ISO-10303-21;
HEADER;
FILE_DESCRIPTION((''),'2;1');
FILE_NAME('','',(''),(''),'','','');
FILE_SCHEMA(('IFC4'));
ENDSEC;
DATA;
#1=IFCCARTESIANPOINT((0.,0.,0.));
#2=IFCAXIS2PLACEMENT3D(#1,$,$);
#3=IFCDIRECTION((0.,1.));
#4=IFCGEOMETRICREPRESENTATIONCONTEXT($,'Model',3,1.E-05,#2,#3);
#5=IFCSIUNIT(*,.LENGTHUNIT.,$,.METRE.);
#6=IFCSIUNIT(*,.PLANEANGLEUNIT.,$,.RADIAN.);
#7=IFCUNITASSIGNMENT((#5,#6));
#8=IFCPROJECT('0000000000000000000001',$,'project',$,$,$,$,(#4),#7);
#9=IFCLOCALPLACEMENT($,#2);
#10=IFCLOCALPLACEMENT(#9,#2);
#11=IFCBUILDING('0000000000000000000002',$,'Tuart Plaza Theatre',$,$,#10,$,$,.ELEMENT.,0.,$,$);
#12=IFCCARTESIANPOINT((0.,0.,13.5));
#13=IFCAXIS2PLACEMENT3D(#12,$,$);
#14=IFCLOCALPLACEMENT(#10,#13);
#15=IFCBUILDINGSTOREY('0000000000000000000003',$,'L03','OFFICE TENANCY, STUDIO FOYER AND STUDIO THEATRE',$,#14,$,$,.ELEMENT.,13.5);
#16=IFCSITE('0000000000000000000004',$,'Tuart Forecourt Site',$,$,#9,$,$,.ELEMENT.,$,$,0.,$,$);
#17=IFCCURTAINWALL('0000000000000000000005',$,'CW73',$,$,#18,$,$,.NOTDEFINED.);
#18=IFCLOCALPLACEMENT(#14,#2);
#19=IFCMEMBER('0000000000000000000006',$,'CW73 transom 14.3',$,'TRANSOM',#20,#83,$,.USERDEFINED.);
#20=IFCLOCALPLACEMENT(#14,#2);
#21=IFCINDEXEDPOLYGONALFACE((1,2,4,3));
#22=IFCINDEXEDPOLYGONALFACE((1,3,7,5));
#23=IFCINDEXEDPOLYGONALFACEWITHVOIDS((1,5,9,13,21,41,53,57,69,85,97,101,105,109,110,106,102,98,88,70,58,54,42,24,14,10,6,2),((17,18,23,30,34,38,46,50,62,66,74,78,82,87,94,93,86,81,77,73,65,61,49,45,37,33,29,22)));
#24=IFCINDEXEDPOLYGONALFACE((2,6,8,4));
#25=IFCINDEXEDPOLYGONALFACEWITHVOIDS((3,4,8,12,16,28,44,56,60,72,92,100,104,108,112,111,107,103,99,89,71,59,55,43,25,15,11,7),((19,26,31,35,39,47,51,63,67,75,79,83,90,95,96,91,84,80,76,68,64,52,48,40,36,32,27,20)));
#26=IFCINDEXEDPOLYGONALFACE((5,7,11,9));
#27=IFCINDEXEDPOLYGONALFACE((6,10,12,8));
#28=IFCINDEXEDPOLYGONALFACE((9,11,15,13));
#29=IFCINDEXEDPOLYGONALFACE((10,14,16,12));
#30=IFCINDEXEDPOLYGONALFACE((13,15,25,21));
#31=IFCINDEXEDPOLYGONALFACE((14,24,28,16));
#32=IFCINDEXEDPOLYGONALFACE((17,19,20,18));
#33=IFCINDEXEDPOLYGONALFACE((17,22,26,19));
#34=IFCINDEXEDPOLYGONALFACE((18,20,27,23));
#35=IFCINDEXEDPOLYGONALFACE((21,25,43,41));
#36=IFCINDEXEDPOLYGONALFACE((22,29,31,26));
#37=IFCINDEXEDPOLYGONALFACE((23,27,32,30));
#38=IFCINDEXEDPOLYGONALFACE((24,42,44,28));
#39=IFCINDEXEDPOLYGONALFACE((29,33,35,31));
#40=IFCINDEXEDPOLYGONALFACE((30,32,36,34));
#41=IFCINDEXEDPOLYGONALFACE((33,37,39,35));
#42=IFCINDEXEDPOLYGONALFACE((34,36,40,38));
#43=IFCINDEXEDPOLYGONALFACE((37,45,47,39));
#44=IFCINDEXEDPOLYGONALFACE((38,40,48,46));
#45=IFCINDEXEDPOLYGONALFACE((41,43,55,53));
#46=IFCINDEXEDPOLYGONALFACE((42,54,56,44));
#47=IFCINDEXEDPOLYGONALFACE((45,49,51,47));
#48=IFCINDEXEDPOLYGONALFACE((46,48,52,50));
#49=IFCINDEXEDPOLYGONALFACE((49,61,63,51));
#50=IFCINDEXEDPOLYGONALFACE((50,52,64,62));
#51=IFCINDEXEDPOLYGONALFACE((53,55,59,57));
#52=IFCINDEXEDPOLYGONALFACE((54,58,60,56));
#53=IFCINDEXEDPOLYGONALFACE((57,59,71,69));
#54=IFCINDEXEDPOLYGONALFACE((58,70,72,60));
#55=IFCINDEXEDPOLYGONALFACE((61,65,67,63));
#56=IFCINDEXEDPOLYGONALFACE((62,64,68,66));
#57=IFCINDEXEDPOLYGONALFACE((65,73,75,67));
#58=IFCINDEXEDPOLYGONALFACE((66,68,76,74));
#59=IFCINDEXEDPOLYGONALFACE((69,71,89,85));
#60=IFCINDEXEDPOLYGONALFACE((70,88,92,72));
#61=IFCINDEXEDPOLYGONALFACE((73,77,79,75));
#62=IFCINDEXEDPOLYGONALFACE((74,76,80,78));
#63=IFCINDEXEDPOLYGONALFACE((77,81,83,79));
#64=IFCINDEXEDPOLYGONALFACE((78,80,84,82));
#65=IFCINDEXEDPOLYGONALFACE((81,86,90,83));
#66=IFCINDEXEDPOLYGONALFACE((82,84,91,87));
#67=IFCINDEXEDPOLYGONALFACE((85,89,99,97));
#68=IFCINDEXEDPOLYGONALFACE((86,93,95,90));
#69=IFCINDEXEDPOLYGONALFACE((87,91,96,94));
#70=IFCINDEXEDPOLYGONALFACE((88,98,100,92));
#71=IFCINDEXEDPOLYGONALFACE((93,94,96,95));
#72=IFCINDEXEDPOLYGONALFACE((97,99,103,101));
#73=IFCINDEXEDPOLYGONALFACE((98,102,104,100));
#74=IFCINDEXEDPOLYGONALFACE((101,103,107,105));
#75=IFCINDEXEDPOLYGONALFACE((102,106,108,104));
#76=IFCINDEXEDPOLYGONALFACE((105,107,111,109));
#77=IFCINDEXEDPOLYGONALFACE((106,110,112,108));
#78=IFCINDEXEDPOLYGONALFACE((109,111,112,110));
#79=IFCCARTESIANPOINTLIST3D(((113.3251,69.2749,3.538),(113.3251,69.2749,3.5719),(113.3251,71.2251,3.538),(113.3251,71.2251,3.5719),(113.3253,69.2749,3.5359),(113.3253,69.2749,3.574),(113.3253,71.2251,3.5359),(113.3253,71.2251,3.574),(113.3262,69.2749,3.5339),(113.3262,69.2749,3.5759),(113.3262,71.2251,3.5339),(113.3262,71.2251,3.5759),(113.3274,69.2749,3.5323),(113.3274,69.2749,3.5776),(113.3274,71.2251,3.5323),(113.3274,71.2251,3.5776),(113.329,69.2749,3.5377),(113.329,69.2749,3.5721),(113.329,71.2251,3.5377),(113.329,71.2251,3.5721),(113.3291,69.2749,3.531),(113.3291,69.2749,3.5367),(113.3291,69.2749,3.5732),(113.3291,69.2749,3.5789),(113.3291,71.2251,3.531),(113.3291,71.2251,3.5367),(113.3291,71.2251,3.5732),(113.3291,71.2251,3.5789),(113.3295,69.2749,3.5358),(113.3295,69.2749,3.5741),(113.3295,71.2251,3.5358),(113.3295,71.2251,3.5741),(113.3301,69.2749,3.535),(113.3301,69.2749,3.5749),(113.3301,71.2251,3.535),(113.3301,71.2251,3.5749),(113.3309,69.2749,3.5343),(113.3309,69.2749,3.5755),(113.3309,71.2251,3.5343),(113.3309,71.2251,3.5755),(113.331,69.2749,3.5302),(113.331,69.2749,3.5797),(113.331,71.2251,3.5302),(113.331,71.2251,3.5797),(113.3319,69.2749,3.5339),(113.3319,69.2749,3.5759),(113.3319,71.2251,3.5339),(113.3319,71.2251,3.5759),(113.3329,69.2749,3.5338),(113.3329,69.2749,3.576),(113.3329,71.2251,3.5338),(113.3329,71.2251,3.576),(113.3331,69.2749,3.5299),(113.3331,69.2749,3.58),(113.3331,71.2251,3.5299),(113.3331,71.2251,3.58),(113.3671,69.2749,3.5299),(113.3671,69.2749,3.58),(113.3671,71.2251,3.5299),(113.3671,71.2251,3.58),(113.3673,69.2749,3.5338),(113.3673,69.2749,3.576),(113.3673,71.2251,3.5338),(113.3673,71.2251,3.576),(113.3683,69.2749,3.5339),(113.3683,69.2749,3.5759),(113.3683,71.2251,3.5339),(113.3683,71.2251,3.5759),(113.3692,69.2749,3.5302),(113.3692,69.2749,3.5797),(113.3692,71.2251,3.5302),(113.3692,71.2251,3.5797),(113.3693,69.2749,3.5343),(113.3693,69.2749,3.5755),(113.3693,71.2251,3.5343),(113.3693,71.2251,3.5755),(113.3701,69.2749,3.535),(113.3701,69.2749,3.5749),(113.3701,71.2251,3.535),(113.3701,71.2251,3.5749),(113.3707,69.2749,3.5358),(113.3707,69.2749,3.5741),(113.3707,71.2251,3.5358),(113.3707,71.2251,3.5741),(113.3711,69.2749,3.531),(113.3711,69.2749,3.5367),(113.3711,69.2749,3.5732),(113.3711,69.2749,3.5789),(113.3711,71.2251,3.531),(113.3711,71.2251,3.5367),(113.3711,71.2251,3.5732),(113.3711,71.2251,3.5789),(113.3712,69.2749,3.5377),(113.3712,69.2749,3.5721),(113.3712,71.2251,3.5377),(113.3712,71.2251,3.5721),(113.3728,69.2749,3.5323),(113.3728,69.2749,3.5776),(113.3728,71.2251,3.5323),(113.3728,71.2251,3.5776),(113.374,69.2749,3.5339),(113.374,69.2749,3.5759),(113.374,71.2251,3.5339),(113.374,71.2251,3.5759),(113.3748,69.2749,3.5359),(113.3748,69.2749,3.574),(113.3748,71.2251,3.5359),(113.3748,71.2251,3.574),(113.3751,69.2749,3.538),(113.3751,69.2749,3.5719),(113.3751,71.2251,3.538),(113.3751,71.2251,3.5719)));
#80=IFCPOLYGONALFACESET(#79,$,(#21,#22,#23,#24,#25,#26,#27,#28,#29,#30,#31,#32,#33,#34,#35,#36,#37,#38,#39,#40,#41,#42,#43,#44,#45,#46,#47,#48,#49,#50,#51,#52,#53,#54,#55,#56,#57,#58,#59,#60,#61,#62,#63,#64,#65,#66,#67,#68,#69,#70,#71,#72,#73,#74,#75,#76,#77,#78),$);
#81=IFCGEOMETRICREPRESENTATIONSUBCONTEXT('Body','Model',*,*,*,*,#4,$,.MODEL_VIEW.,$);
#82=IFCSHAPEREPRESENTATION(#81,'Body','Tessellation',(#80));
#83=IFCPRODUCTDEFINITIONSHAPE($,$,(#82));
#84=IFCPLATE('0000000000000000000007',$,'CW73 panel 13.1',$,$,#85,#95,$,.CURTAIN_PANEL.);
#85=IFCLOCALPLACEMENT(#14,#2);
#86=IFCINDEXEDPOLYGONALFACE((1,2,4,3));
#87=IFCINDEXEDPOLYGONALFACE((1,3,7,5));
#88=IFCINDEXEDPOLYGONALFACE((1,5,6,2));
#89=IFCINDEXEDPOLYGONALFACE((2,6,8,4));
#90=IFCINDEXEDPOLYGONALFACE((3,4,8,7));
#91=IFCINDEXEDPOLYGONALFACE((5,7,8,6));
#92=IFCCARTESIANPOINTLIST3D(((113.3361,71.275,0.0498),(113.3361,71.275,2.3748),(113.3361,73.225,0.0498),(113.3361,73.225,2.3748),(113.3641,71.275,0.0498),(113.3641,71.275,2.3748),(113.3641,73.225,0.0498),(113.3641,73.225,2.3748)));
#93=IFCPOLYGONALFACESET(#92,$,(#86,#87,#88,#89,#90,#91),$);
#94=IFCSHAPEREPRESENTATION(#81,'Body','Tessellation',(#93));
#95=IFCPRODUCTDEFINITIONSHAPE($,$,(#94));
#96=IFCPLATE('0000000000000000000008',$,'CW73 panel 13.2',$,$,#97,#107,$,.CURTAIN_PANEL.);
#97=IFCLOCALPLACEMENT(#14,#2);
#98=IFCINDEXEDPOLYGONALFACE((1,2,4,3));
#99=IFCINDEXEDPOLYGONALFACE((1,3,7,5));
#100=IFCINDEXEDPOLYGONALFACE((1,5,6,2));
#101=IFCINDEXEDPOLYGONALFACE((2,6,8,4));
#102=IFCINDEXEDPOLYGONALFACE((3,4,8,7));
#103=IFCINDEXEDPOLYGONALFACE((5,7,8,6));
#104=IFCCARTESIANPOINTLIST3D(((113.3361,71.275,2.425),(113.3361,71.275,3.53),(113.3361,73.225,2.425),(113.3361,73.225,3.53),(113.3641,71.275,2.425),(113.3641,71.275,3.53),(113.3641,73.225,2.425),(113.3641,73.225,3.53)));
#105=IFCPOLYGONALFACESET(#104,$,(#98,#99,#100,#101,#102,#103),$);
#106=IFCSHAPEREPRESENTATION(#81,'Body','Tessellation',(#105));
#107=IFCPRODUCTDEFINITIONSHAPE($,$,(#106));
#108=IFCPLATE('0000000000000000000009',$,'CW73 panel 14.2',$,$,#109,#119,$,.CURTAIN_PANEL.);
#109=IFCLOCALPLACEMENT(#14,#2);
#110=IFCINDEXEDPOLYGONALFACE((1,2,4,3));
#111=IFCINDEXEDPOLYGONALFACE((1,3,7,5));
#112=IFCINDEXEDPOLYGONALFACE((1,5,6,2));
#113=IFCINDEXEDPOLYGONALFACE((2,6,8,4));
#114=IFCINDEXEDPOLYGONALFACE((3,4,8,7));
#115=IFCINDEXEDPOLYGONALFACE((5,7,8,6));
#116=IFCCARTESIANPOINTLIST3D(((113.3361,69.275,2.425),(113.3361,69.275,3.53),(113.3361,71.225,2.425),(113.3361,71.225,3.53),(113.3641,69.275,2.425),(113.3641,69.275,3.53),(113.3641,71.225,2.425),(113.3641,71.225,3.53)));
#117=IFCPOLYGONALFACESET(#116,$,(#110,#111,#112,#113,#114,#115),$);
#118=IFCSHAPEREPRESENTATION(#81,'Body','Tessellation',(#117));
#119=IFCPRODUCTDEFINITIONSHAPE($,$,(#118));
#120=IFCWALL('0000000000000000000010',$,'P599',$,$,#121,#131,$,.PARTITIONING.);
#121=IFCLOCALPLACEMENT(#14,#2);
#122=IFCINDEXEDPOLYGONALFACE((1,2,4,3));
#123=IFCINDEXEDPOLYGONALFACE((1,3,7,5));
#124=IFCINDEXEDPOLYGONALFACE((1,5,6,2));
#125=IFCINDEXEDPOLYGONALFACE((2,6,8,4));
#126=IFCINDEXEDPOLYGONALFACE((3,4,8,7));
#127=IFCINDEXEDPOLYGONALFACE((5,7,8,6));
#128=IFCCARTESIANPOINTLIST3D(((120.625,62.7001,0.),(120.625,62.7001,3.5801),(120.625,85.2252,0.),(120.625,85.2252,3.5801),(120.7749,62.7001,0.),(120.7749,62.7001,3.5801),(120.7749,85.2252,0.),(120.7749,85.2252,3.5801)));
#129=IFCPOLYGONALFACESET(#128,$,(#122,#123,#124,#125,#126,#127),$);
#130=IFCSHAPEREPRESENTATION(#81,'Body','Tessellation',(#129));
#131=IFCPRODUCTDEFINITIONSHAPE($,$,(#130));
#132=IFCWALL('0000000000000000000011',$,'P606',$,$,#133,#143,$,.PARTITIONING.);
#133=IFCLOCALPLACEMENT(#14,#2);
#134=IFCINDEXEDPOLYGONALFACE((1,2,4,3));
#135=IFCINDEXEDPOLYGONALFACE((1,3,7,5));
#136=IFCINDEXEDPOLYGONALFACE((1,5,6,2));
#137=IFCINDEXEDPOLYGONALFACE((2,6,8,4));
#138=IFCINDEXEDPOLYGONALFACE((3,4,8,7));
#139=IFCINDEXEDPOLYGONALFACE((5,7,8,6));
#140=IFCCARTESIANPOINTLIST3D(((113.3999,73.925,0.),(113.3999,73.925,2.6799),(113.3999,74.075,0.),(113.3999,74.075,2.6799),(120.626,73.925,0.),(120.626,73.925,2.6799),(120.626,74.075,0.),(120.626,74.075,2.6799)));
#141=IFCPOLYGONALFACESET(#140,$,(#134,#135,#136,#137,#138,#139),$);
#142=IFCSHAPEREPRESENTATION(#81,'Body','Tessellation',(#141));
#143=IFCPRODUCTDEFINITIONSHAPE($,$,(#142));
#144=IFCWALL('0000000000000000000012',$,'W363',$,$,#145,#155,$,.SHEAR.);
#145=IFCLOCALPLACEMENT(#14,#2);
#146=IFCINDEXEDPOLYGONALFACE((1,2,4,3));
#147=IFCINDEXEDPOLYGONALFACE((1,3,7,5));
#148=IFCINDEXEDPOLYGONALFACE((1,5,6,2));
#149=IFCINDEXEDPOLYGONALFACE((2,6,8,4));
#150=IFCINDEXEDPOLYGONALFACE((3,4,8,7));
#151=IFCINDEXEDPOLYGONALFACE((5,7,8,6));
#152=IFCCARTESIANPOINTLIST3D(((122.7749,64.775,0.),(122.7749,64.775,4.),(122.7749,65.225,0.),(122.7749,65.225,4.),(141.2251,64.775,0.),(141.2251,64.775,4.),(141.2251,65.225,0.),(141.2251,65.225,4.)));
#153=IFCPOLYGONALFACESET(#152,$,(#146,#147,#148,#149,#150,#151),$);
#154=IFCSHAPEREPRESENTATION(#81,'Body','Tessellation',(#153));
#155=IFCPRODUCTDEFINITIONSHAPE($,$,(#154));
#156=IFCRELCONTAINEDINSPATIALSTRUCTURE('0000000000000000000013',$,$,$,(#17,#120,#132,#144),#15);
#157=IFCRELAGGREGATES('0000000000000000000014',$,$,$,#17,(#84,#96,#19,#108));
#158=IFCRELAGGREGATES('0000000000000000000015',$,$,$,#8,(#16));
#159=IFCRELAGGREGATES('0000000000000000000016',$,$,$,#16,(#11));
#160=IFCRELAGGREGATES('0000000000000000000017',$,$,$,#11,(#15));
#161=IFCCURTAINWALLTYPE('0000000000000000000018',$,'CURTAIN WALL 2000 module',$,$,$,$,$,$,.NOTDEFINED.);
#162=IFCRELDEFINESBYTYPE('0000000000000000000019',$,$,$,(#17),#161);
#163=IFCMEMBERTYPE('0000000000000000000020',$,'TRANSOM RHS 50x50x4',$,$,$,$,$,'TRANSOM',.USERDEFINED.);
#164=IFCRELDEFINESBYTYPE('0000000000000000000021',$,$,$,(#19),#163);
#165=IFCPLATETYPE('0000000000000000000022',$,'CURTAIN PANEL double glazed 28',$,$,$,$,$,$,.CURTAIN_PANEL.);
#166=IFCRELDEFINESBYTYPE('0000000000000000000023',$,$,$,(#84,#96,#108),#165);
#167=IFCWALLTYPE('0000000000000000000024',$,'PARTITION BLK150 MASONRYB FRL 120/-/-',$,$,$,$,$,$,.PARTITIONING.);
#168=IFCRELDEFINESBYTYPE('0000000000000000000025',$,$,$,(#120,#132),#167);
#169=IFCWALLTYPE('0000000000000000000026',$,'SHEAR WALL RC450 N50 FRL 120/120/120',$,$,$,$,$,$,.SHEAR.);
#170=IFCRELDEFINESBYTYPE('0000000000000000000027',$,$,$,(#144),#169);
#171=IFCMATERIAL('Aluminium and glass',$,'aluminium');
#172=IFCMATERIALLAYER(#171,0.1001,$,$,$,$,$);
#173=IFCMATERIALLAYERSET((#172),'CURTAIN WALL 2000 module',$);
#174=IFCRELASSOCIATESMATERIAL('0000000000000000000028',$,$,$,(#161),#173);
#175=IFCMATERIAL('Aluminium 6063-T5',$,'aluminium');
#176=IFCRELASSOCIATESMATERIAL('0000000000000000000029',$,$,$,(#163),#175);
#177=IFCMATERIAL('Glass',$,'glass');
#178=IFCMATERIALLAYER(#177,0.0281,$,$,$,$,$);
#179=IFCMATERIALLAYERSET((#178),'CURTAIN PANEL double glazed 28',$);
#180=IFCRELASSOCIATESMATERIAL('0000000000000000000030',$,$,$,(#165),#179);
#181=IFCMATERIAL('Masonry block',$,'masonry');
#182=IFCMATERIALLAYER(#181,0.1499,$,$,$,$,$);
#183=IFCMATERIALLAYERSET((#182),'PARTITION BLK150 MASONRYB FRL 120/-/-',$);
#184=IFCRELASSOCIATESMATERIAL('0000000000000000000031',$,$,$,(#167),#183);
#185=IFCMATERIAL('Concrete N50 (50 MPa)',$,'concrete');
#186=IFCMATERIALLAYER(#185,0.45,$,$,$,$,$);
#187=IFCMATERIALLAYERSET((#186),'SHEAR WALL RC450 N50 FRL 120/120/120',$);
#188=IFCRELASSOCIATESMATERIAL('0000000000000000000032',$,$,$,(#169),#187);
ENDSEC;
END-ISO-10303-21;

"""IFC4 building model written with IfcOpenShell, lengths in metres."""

from ifc_helpers import new_model, si_unit, direction, frame, frame_2d, origin, origin_2d, place, context, subcontext, project, spatial, rectangle, hollow_rectangle, extrude, material, layer, layer_set, material_profile, profile_set, type_object, element, aggregate, save


model = new_model("IFC4")

# Units and contexts
model_context = context("Model", 3, precision=1e-05, world=origin(), true_north=direction((0.0, 1.0)))
body_context = subcontext(model_context, "Body", "Model", "MODEL_VIEW")
ifc_project = project(units=[si_unit("LENGTHUNIT", "METRE"), si_unit("PLANEANGLEUNIT", "RADIAN")], contexts=[model_context])

# Site, building, storey
site_placement = place(None, origin())
site = spatial("IfcSite", under=ifc_project, at=site_placement, Name="Tuart Forecourt Site", CompositionType="ELEMENT", RefElevation=0.0)
building_placement = place(site_placement, origin())
building = spatial("IfcBuilding", under=site, at=building_placement, Name="Tuart Plaza Theatre", CompositionType="ELEMENT", ElevationOfRefHeight=0.0)
storey_placement = place(building_placement, frame((0.0, 0.0, 13.5)))
storey = spatial("IfcBuildingStorey", under=building, at=storey_placement, Name="L03", Description="OFFICE TENANCY, STUDIO FOYER AND STUDIO THEATRE", CompositionType="ELEMENT", Elevation=13.5)

# Curtain wall, member, plates
ifc_material_1 = material(Name="Aluminium and glass", Category="aluminium")
ifc_layer_1 = layer(ifc_material_1, 0.1001)
ifc_layer_set_1 = layer_set([ifc_layer_1], Name="CURTAIN WALL 2000 module")
curtain_wall_type = type_object("IfcCurtainWallType", Name="CURTAIN WALL 2000 module", PredefinedType="NOTDEFINED", material=ifc_layer_set_1)
curtain_wall_placement = place(storey_placement, origin())
curtain_wall = element("IfcCurtainWall", 1, at=curtain_wall_placement, inside=storey, type_object=curtain_wall_type, Name="CW73", PredefinedType="NOTDEFINED")
ifc_material_2 = material(Name="Aluminium 6063-T5", Category="aluminium")
ifc_material_profile_1 = material_profile(ifc_material_2, hollow_rectangle(XDim=0.05, YDim=0.05, WallThickness=0.0039, InnerFilletRadius=0.0039, OuterFilletRadius=0.0081, at=origin_2d()), Name="RHS 50x50x4")
ifc_profile_set_1 = profile_set([ifc_material_profile_1], Name="Aluminium 6063-T5")
member_type_1 = type_object("IfcMemberType", Name="TRANSOM RHS 50x50x4", ElementType="TRANSOM", PredefinedType="USERDEFINED", material=ifc_profile_set_1)
member_1_placement = place(storey_placement, frame((113.3501, 71.2251, 3.5549), z_axis=(0.0, -1.0, 0.0), x_axis=(1.0, 0.0, 0.0)))
member_1 = element("IfcMember", 2, at=member_1_placement, type_object=member_type_1, Name="CW73 transom 14.3", ObjectType="TRANSOM", PredefinedType="USERDEFINED", context=body_context, shape_type="SweptSolid", body=[
    extrude(hollow_rectangle(XDim=0.05, YDim=0.05, WallThickness=0.0039, InnerFilletRadius=0.0039, OuterFilletRadius=0.0081, at=origin_2d()), origin(), (0.0, 0.0, 1.0), 1.9502),
])
ifc_material_3 = material(Name="Glass", Category="glass")
ifc_layer_2 = layer(ifc_material_3, 0.0281)
ifc_layer_set_2 = layer_set([ifc_layer_2], Name="CURTAIN PANEL double glazed 28")
plate_type = type_object("IfcPlateType", Name="CURTAIN PANEL double glazed 28", PredefinedType="CURTAIN_PANEL", material=ifc_layer_set_2)
plate_1_placement = place(storey_placement, frame((113.3501, 72.25, 0.0498), z_axis=(0.0, 0.0, 1.0), x_axis=(0.0, -1.0, 0.0)))
plate_1 = element("IfcPlate", 3, at=plate_1_placement, type_object=plate_type, Name="CW73 panel 13.1", PredefinedType="CURTAIN_PANEL", context=body_context, shape_type="SweptSolid", body=[
    extrude(rectangle(XDim=1.95, YDim=0.0281, at=origin_2d()), origin(), (0.0, 0.0, 1.0), 2.325),
])
plate_2_placement = place(storey_placement, frame((113.3501, 72.25, 2.425), z_axis=(0.0, 0.0, 1.0), x_axis=(0.0, -1.0, 0.0)))
plate_2 = element("IfcPlate", 4, at=plate_2_placement, type_object=plate_type, Name="CW73 panel 13.2", PredefinedType="CURTAIN_PANEL", context=body_context, shape_type="SweptSolid", body=[
    extrude(rectangle(XDim=1.95, YDim=0.0281, at=origin_2d()), origin(), (0.0, 0.0, 1.0), 1.105),
])
plate_3_placement = place(storey_placement, frame((113.3501, 70.25, 2.425), z_axis=(0.0, 0.0, 1.0), x_axis=(0.0, -1.0, 0.0)))
plate_3 = element("IfcPlate", 5, at=plate_3_placement, type_object=plate_type, Name="CW73 panel 14.2", PredefinedType="CURTAIN_PANEL", context=body_context, shape_type="SweptSolid", body=[
    extrude(rectangle(XDim=1.95, YDim=0.0281, at=origin_2d()), origin(), (0.0, 0.0, 1.0), 1.105),
])
aggregate(curtain_wall, [plate_1, plate_2, member_1, plate_3])

# Walls
ifc_material_4 = material(Name="Masonry block", Category="masonry")
ifc_layer_3 = layer(ifc_material_4, 0.1499)
ifc_layer_set_3 = layer_set([ifc_layer_3], Name="PARTITION BLK150 MASONRYB FRL 120/-/-")
wall_type_1 = type_object("IfcWallType", Name="PARTITION BLK150 MASONRYB FRL 120/-/-", PredefinedType="PARTITIONING", material=ifc_layer_set_3)
wall_1_placement = place(storey_placement, frame((120.7, 62.7, 0.0), z_axis=(0.0, 0.0, 1.0), x_axis=(0.0, 1.0, 0.0)))
element("IfcWall", 6, at=wall_1_placement, inside=storey, type_object=wall_type_1, Name="P599", PredefinedType="PARTITIONING", context=body_context, shape_type="SweptSolid", body=[
    extrude(rectangle(XDim=22.5251, YDim=0.1499, at=frame_2d((11.2627, 0.0))), origin(), (0.0, 0.0, 1.0), 3.5801),
])
wall_2_placement = place(storey_placement, frame((113.3999, 74.0, 0.0), z_axis=(0.0, 0.0, 1.0), x_axis=(1.0, 0.0, 0.0)))
element("IfcWall", 7, at=wall_2_placement, inside=storey, type_object=wall_type_1, Name="P606", PredefinedType="PARTITIONING", context=body_context, shape_type="SweptSolid", body=[
    extrude(rectangle(XDim=7.2261, YDim=0.1499, at=frame_2d((3.613, 0.0))), origin(), (0.0, 0.0, 1.0), 2.6799),
])
ifc_material_5 = material(Name="Concrete N50 (50 MPa)", Category="concrete")
ifc_layer_4 = layer(ifc_material_5, 0.45)
ifc_layer_set_4 = layer_set([ifc_layer_4], Name="SHEAR WALL RC450 N50 FRL 120/120/120")
wall_type_2 = type_object("IfcWallType", Name="SHEAR WALL RC450 N50 FRL 120/120/120", PredefinedType="SHEAR", material=ifc_layer_set_4)
wall_3_placement = place(storey_placement, frame((122.7749, 65.0, 0.0), z_axis=(0.0, 0.0, 1.0), x_axis=(1.0, 0.0, 0.0)))
element("IfcWall", 8, at=wall_3_placement, inside=storey, type_object=wall_type_2, Name="W363", PredefinedType="SHEAR", context=body_context, shape_type="SweptSolid", body=[
    extrude(rectangle(XDim=18.4502, YDim=0.45, at=frame_2d((9.2251, 0.0))), origin(), (0.0, 0.0, 1.0), 4.0),
])

save(model, "model.ifc")
